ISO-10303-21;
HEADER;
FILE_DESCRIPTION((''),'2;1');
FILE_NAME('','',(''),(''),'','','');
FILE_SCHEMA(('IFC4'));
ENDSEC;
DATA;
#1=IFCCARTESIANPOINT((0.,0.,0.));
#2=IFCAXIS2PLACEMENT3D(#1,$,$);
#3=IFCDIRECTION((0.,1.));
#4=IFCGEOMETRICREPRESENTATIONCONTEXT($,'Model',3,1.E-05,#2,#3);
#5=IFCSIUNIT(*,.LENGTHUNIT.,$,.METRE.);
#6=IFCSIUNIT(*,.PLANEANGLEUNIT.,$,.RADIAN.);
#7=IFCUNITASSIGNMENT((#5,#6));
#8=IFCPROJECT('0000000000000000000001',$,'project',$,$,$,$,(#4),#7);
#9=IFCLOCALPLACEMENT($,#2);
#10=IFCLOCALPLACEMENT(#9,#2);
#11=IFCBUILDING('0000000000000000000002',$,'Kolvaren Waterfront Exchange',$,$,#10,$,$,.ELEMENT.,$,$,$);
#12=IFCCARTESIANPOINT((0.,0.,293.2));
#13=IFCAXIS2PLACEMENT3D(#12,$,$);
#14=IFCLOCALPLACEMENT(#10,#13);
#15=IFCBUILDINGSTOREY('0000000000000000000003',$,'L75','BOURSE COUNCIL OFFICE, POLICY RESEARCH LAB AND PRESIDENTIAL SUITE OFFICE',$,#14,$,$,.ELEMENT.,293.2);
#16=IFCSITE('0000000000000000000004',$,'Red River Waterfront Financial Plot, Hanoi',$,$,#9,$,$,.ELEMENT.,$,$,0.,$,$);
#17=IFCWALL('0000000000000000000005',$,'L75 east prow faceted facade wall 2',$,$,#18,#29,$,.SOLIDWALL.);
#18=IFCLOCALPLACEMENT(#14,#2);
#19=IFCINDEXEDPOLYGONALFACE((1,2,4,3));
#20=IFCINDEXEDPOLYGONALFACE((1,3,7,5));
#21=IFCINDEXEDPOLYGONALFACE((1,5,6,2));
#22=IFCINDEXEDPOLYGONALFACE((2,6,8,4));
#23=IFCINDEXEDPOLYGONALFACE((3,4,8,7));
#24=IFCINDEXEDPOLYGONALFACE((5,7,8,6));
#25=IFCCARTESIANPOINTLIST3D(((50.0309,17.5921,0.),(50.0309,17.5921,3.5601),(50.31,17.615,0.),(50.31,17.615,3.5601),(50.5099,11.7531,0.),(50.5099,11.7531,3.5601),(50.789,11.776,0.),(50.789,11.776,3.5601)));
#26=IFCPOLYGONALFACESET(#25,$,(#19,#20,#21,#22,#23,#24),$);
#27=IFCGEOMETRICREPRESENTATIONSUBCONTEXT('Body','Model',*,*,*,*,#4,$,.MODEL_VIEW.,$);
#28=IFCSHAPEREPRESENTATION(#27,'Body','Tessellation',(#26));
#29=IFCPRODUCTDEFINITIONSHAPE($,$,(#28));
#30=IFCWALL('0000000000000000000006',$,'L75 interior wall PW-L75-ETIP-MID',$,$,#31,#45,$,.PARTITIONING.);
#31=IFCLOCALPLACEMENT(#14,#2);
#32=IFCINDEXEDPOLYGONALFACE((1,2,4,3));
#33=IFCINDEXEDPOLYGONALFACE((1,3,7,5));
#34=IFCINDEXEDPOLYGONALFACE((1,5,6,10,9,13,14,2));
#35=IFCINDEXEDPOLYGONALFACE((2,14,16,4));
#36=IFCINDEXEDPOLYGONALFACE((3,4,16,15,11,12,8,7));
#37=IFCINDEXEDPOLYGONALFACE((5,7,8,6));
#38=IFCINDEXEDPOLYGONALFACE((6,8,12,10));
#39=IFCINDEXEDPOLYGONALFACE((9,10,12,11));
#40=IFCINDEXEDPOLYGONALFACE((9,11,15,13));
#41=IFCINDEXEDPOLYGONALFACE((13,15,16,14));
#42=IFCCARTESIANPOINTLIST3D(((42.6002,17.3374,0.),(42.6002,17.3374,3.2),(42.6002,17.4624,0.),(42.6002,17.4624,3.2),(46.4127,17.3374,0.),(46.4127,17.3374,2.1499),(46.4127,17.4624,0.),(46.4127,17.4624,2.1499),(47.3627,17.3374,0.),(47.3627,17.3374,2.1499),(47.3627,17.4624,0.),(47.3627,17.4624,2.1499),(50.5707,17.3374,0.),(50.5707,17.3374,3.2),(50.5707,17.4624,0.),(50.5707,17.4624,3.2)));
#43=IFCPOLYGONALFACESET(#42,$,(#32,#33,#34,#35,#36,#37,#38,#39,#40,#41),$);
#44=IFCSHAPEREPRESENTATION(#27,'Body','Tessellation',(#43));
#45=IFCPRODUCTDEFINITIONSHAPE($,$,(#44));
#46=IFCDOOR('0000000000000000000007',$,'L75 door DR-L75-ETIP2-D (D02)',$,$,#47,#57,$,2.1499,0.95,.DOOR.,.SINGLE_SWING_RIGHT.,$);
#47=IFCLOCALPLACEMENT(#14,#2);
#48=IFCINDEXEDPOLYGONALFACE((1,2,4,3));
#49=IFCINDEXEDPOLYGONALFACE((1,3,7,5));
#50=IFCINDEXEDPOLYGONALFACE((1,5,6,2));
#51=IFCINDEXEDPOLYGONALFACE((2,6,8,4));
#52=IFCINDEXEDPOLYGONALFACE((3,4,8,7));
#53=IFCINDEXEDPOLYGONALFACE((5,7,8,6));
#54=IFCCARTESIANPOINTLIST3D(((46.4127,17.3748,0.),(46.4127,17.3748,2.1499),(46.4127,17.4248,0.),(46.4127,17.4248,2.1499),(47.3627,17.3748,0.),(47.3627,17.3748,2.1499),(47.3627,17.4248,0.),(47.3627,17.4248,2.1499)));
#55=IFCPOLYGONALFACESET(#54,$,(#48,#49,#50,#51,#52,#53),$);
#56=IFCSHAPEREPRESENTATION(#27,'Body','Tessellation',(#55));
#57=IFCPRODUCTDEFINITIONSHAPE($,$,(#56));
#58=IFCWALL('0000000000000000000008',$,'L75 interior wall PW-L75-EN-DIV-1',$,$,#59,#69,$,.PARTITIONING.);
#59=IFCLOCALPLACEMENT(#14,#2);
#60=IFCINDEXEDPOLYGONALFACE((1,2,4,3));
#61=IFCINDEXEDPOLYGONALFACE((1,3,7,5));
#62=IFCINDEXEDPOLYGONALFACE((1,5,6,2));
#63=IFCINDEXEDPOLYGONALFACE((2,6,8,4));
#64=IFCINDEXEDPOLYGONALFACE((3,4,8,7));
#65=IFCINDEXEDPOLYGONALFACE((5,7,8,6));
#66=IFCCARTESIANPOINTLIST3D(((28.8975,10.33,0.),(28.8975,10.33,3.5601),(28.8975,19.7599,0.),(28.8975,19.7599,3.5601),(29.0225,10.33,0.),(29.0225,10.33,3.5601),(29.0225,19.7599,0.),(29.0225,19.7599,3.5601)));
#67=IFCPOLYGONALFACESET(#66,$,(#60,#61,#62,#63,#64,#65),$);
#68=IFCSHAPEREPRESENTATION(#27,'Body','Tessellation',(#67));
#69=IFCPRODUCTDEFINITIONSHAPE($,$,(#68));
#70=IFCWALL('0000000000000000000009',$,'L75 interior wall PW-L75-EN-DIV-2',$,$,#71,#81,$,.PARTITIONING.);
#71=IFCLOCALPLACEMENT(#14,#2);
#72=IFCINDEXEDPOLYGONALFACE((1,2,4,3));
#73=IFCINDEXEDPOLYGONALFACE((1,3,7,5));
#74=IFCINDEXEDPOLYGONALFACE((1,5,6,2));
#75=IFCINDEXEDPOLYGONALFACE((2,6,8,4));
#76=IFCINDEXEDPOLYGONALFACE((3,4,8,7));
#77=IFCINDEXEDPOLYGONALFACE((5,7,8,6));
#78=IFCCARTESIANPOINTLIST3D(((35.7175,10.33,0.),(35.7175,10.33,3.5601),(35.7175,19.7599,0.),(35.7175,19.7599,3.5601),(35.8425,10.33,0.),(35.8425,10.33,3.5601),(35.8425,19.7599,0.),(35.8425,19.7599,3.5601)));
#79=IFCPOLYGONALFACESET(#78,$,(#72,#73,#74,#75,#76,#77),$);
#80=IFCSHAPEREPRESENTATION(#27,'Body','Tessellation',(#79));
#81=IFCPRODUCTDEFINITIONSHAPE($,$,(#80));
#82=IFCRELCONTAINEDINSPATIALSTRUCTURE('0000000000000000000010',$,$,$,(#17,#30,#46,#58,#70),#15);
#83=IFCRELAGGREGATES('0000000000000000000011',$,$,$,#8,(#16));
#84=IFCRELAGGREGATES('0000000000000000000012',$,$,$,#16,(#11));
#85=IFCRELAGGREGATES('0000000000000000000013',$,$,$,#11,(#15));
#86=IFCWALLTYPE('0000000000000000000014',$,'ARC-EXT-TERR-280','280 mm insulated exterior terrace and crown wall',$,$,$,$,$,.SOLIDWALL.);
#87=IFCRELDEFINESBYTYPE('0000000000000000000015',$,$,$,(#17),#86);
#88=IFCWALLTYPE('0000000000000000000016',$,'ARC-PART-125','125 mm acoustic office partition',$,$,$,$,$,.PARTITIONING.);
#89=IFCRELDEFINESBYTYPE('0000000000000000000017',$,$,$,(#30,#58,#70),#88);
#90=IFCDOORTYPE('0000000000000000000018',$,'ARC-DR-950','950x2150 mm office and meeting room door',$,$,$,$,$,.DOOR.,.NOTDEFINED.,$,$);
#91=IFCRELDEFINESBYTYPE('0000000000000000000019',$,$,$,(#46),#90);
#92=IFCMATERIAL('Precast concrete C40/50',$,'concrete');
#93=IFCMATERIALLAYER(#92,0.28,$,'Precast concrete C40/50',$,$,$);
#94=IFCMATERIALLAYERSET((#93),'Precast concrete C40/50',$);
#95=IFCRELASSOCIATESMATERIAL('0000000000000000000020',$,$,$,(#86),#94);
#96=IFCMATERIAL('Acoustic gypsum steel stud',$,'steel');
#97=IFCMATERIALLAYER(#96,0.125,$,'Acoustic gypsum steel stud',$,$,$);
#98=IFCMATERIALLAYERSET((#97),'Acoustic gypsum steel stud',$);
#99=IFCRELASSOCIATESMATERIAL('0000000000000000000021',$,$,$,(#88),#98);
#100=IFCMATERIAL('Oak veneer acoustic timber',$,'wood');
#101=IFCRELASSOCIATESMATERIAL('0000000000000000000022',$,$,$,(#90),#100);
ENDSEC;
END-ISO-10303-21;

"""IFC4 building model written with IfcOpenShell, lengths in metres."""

from ifc_helpers import new_model, si_unit, direction, frame, frame_2d, origin, place, context, subcontext, project, spatial, rectangle, extrude, material, layer, layer_set, type_object, element, fill, save


model = new_model("IFC4")

# Units and contexts
model_context = context("Model", 3, precision=1e-05, world=origin(), true_north=direction((0.0, 1.0)))
body_context = subcontext(model_context, "Body", "Model", "MODEL_VIEW")
ifc_project = project(units=[si_unit("LENGTHUNIT", "METRE"), si_unit("PLANEANGLEUNIT", "RADIAN")], contexts=[model_context])

# Site, building, storey
site_placement = place(None, origin())
site = spatial("IfcSite", under=ifc_project, at=site_placement, Name="Red River Waterfront Financial Plot, Hanoi", CompositionType="ELEMENT", RefElevation=0.0)
building_placement = place(site_placement, origin())
building = spatial("IfcBuilding", under=site, at=building_placement, Name="Kolvaren Waterfront Exchange", CompositionType="ELEMENT")
storey_placement = place(building_placement, frame((0.0, 0.0, 293.2)))
storey = spatial("IfcBuildingStorey", under=building, at=storey_placement, Name="L75", Description="BOURSE COUNCIL OFFICE, POLICY RESEARCH LAB AND PRESIDENTIAL SUITE OFFICE", CompositionType="ELEMENT", Elevation=293.2)

# Wall
ifc_material_1 = material(Name="Precast concrete C40/50", Category="concrete")
ifc_layer_1 = layer(ifc_material_1, 0.28, Name="Precast concrete C40/50")
ifc_layer_set_1 = layer_set([ifc_layer_1], Name="Precast concrete C40/50")
wall_type_1 = type_object("IfcWallType", Name="ARC-EXT-TERR-280", Description="280 mm insulated exterior terrace and crown wall", PredefinedType="SOLIDWALL", material=ifc_layer_set_1)
wall_1_placement = place(storey_placement, frame((50.6494, 11.7646, 0.0), z_axis=(0.0, 0.0, 1.0), x_axis=(-0.081759, 0.996652, 0.0)))
element("IfcWall", 1, at=wall_1_placement, inside=storey, type_object=wall_type_1, Name="L75 east prow faceted facade wall 2", PredefinedType="SOLIDWALL", context=body_context, shape_type="SweptSolid", body=[
    extrude(rectangle(XDim=5.8586, YDim=0.28, at=frame_2d((2.9292, 0.0))), origin(), (0.0, 0.0, 1.0), 3.5601),
])

# Wall, opening, door
ifc_material_2 = material(Name="Acoustic gypsum steel stud", Category="steel")
ifc_layer_2 = layer(ifc_material_2, 0.125, Name="Acoustic gypsum steel stud")
ifc_layer_set_2 = layer_set([ifc_layer_2], Name="Acoustic gypsum steel stud")
wall_type_2 = type_object("IfcWallType", Name="ARC-PART-125", Description="125 mm acoustic office partition", PredefinedType="PARTITIONING", material=ifc_layer_set_2)
wall_2_placement = place(storey_placement, frame((42.6001, 17.3999, 0.0), z_axis=(0.0, 0.0, 1.0), x_axis=(1.0, 0.0, 0.0)))
wall_2 = element("IfcWall", 2, at=wall_2_placement, inside=storey, type_object=wall_type_2, Name="L75 interior wall PW-L75-ETIP-MID", PredefinedType="PARTITIONING", context=body_context, shape_type="SweptSolid", body=[
    extrude(rectangle(XDim=7.9705, YDim=0.125, at=frame_2d((3.9854, 0.0))), origin(), (0.0, 0.0, 1.0), 3.2),
])
opening_placement = place(wall_2_placement, frame((3.8125, 0.0, 0.0)))
opening = element("IfcOpeningElement", 3, at=opening_placement, cuts=wall_2, PredefinedType="OPENING", context=body_context, shape_type="SweptSolid", body=[
    extrude(rectangle(XDim=0.95, YDim=2.1499, at=frame_2d((0.4751, 1.075))), frame((0.0, 0.0725, 0.0), z_axis=(0.0, -1.0, 0.0), x_axis=(1.0, 0.0, 0.0)), (0.0, 0.0, 1.0), 0.145),
])
ifc_material_3 = material(Name="Oak veneer acoustic timber", Category="wood")
door_type = type_object("IfcDoorType", Name="ARC-DR-950", Description="950x2150 mm office and meeting room door", OperationType="NOTDEFINED", PredefinedType="DOOR", material=ifc_material_3)
door_placement = place(opening_placement, origin())
door = element("IfcDoor", 4, at=door_placement, inside=storey, type_object=door_type, Name="L75 door DR-L75-ETIP2-D (D02)", OperationType="SINGLE_SWING_RIGHT", OverallHeight=2.1499, OverallWidth=0.95, PredefinedType="DOOR", context=body_context, shape_type="SweptSolid", body=[
    extrude(rectangle(XDim=0.95, YDim=2.1499, at=frame_2d((0.4751, 1.075))), frame((0.0, 0.0249, 0.0), z_axis=(0.0, -1.0, 0.0), x_axis=(1.0, 0.0, 0.0)), (0.0, 0.0, 1.0), 0.05),
])
fill(opening, door)

# Walls
for number, where, z_axis, x_axis, name in (
    (5, (28.96, 10.3301, 0.0), (0.0, 0.0, 1.0), (0.0, 1.0, 0.0), "L75 interior wall PW-L75-EN-DIV-1"),
    (6, (35.78, 10.3301, 0.0), (0.0, 0.0, 1.0), (0.0, 1.0, 0.0), "L75 interior wall PW-L75-EN-DIV-2"),
):
    element("IfcWall", number, at=place(storey_placement, frame(where, z_axis=z_axis, x_axis=x_axis)), inside=storey, type_object=wall_type_2, Name=name, PredefinedType="PARTITIONING", context=body_context, shape_type="SweptSolid", body=[
        extrude(rectangle(XDim=9.4299, YDim=0.125, at=frame_2d((4.7148, 0.0))), origin(), (0.0, 0.0, 1.0), 3.5601),
    ])

save(model, "model.ifc")
